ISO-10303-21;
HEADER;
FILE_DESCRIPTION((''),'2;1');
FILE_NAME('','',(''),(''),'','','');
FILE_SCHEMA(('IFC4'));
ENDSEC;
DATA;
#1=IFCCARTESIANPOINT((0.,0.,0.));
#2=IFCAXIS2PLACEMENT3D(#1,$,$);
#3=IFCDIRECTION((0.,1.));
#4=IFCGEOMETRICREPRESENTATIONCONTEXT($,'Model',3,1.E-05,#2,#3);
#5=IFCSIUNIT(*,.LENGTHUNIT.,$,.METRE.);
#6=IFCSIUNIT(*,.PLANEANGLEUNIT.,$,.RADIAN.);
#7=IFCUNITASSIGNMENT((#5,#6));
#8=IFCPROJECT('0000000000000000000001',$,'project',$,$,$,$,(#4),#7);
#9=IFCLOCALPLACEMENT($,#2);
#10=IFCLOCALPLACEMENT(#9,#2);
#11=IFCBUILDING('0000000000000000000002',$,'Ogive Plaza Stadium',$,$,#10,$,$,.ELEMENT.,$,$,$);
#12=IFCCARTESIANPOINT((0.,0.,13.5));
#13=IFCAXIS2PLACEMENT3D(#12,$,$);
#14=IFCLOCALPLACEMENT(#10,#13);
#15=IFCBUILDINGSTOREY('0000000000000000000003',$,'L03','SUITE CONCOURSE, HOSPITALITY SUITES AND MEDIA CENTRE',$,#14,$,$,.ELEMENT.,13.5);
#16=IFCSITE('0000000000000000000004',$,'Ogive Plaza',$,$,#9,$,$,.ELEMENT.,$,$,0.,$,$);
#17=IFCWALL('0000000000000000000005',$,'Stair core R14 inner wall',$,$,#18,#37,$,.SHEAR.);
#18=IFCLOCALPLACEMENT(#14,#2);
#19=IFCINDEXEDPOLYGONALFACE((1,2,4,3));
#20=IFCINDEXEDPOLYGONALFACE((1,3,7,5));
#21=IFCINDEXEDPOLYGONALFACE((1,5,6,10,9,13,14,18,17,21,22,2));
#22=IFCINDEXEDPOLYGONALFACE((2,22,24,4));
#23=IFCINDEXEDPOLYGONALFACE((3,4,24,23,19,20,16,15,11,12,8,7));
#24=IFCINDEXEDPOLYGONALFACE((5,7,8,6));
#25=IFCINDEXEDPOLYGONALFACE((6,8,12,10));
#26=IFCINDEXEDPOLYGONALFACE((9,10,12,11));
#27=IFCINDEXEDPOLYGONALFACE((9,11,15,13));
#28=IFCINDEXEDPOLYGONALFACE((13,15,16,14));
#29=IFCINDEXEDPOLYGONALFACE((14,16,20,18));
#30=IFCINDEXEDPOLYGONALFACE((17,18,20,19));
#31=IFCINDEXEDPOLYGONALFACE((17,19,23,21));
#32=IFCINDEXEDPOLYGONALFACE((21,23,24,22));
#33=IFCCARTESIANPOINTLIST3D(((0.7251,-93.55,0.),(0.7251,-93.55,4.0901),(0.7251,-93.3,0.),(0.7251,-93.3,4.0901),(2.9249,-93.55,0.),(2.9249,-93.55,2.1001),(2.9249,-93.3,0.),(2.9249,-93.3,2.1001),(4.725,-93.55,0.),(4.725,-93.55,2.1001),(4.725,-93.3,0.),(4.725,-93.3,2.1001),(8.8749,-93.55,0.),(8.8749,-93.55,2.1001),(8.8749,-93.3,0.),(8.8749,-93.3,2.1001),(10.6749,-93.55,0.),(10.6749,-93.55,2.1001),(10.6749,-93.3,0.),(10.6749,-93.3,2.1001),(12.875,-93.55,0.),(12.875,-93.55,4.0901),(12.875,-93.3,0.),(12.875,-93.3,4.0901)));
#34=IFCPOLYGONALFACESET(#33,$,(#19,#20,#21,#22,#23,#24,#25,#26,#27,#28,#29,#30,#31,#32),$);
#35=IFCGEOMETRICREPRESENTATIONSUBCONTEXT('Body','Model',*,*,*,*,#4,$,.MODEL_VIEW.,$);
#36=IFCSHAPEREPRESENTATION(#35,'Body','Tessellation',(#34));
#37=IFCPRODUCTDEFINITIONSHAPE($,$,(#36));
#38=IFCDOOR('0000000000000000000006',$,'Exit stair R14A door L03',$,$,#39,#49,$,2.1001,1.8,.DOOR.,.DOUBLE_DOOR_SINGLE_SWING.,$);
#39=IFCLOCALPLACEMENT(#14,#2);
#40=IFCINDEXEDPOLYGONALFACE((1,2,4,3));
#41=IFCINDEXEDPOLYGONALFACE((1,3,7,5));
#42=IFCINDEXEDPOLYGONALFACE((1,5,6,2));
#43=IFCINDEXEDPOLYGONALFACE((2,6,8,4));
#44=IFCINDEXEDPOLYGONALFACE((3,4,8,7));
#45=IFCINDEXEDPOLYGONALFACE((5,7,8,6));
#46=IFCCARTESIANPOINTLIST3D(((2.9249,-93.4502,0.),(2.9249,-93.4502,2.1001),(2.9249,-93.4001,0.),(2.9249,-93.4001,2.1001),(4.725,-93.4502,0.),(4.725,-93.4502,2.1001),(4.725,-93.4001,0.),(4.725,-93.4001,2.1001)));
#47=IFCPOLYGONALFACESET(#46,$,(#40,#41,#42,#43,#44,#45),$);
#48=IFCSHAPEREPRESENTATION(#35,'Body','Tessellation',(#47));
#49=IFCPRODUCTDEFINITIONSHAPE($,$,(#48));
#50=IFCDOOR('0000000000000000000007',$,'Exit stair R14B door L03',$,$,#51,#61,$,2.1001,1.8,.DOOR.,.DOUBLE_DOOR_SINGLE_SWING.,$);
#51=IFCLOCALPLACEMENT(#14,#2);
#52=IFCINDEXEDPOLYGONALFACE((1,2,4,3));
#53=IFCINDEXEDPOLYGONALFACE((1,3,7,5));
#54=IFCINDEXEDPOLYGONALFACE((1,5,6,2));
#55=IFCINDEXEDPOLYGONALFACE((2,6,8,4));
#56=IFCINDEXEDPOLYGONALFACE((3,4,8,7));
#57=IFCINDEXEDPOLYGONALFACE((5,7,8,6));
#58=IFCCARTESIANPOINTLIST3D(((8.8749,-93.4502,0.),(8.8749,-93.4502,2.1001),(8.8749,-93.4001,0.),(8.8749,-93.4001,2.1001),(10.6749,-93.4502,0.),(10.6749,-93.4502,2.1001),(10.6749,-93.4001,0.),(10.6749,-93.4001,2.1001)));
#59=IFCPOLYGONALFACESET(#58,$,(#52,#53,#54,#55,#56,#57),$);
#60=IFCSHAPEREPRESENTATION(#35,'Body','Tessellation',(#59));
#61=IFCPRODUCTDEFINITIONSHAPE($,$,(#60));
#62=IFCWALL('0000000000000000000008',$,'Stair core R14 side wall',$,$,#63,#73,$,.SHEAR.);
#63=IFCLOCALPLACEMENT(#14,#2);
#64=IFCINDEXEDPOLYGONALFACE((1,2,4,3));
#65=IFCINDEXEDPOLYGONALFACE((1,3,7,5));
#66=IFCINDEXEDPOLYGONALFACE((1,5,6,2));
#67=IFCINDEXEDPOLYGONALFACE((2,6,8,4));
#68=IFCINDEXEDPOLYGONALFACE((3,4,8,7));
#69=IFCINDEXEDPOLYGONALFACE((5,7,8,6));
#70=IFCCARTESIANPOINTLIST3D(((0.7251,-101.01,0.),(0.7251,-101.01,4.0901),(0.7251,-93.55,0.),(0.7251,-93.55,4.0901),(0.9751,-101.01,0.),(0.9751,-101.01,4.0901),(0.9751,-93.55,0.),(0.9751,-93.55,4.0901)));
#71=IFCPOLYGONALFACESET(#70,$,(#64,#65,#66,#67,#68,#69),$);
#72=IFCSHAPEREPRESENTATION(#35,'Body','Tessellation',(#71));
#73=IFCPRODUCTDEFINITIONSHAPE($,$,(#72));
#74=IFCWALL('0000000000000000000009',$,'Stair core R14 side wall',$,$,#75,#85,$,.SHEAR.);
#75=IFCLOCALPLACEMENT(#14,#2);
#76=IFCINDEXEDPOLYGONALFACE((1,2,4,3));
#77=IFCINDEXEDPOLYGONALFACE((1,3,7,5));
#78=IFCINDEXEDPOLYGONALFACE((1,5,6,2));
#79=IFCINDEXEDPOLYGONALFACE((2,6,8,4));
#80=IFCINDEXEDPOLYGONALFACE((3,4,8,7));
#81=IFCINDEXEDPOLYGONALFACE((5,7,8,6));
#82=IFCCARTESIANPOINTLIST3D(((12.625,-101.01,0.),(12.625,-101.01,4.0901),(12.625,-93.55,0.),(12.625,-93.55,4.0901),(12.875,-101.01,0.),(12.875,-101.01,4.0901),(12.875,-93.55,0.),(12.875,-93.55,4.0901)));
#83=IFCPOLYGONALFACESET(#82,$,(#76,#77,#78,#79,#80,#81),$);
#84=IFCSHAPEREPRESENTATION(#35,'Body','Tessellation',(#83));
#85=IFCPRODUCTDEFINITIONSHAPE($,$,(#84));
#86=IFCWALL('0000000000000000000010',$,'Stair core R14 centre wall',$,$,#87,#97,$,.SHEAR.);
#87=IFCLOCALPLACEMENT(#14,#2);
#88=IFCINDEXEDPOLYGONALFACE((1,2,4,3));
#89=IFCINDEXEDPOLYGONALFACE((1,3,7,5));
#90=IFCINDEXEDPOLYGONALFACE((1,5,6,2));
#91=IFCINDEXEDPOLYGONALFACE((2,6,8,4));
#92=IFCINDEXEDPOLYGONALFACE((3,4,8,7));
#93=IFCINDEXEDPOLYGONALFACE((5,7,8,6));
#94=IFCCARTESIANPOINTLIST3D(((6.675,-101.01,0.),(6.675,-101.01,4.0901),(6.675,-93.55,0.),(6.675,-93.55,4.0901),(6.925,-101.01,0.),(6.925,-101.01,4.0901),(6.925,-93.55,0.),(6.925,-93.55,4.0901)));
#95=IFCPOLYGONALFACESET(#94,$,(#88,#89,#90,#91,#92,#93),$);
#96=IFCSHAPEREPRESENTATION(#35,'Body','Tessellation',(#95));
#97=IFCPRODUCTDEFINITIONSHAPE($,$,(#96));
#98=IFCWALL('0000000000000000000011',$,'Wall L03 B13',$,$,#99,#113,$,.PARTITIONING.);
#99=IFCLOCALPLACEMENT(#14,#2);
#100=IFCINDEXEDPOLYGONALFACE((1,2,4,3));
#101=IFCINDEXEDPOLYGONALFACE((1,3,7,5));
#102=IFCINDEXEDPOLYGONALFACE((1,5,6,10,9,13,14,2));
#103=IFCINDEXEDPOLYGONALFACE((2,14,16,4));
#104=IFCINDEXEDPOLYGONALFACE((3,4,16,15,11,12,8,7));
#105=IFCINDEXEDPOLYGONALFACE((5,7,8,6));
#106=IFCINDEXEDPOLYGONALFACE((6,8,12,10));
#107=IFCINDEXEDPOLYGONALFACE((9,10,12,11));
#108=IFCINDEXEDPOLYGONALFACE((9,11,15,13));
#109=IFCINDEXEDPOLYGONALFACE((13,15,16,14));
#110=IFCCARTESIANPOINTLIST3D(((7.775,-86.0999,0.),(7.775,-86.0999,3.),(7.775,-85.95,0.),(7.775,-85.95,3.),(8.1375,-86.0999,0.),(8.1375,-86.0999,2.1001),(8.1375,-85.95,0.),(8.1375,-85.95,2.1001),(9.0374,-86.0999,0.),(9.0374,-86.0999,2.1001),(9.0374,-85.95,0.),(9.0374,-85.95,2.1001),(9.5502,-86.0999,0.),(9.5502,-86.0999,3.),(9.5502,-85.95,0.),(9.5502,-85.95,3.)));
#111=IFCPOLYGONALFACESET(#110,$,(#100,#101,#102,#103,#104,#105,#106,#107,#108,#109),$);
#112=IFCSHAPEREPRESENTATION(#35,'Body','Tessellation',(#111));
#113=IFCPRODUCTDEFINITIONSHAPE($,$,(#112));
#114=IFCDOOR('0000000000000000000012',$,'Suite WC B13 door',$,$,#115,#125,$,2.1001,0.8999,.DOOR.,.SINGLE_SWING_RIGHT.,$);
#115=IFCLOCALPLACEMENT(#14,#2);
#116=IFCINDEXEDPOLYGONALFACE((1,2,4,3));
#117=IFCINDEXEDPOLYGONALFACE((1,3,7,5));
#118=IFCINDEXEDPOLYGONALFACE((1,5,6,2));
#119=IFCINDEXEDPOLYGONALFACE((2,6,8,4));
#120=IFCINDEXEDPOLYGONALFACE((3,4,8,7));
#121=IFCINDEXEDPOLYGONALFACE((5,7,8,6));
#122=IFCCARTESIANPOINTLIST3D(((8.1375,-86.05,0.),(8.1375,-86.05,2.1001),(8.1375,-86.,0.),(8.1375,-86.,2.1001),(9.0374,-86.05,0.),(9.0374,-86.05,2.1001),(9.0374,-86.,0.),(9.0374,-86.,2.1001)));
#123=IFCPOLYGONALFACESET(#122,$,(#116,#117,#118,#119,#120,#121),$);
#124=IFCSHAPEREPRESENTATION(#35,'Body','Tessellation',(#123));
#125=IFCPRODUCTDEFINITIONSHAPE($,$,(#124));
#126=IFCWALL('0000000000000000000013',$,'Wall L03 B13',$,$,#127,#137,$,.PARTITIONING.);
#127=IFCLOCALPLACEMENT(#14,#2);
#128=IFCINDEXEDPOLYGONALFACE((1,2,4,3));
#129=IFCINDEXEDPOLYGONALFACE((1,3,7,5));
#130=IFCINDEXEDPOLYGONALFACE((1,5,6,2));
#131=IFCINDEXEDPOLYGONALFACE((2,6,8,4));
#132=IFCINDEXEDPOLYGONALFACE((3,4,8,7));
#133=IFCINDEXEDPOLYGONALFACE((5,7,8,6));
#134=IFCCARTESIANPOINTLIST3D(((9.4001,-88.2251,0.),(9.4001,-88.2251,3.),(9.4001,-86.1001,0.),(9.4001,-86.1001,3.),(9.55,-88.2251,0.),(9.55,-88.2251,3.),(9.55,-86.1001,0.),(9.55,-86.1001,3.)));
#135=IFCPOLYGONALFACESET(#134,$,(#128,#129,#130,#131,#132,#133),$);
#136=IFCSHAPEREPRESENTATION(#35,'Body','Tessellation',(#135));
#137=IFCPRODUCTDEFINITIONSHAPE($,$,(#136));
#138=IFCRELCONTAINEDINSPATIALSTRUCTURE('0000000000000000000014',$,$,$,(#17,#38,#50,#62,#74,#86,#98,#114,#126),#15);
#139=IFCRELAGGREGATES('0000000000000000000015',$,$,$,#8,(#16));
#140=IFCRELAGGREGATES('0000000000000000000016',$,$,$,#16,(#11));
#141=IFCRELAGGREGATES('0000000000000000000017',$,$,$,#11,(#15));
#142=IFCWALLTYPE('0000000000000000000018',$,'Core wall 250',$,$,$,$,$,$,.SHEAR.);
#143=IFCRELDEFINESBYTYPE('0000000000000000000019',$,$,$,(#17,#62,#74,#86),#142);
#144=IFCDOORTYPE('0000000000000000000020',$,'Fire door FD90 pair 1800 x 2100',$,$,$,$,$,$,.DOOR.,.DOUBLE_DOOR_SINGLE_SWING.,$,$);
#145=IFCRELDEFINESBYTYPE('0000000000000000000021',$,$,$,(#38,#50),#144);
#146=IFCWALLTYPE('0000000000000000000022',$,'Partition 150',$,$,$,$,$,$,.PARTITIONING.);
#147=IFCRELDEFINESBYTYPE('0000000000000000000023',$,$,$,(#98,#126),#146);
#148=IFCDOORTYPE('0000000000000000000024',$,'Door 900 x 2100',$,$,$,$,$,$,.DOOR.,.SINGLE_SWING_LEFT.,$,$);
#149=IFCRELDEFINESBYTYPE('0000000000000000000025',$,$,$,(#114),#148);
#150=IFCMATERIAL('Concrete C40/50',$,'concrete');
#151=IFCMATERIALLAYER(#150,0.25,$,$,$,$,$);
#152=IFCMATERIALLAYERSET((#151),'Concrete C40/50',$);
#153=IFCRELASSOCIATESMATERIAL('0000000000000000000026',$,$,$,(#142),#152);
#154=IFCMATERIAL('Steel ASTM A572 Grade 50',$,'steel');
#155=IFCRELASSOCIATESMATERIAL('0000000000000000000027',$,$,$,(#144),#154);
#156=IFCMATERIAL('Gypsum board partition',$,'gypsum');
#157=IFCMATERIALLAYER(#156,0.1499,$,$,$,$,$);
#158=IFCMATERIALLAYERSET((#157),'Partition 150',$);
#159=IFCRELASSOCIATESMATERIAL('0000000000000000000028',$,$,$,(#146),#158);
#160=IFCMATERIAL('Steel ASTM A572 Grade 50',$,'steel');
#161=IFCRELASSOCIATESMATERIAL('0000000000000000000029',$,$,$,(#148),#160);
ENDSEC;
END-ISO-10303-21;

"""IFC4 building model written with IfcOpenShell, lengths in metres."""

from ifc_helpers import new_model, si_unit, direction, frame, frame_2d, origin, place, context, subcontext, project, spatial, rectangle, extrude, material, layer, layer_set, type_object, element, fill, save


model = new_model("IFC4")

# Units and contexts
model_context = context("Model", 3, precision=1e-05, world=origin(), true_north=direction((0.0, 1.0)))
body_context = subcontext(model_context, "Body", "Model", "MODEL_VIEW")
ifc_project = project(units=[si_unit("LENGTHUNIT", "METRE"), si_unit("PLANEANGLEUNIT", "RADIAN")], contexts=[model_context])

# Site, building, storey
site_placement = place(None, origin())
site = spatial("IfcSite", under=ifc_project, at=site_placement, Name="Ogive Plaza", CompositionType="ELEMENT", RefElevation=0.0)
building_placement = place(site_placement, origin())
building = spatial("IfcBuilding", under=site, at=building_placement, Name="Ogive Plaza Stadium", CompositionType="ELEMENT")
storey_placement = place(building_placement, frame((0.0, 0.0, 13.5)))
storey = spatial("IfcBuildingStorey", under=building, at=storey_placement, Name="L03", Description="SUITE CONCOURSE, HOSPITALITY SUITES AND MEDIA CENTRE", CompositionType="ELEMENT", Elevation=13.5)

# Wall, openings, doors
ifc_material_1 = material(Name="Concrete C40/50", Category="concrete")
ifc_layer_1 = layer(ifc_material_1, 0.25)
ifc_layer_set_1 = layer_set([ifc_layer_1], Name="Concrete C40/50")
wall_type_1 = type_object("IfcWallType", Name="Core wall 250", PredefinedType="SHEAR", material=ifc_layer_set_1)
wall_1_placement = place(storey_placement, frame((0.7251, -93.425, 0.0), z_axis=(0.0, 0.0, 1.0), x_axis=(1.0, 0.0, 0.0)))
wall_1 = element("IfcWall", 1, at=wall_1_placement, inside=storey, type_object=wall_type_1, Name="Stair core R14 inner wall", PredefinedType="SHEAR", context=body_context, shape_type="SweptSolid", body=[
    extrude(rectangle(XDim=12.1499, YDim=0.25, at=frame_2d((6.075, 0.0))), origin(), (0.0, 0.0, 1.0), 4.0901),
])
opening_1_placement = place(wall_1_placement, frame((2.2, 0.0, 0.0)))
opening_1 = element("IfcOpeningElement", 2, at=opening_1_placement, cuts=wall_1, PredefinedType="OPENING", context=body_context, shape_type="SweptSolid", body=[
    extrude(rectangle(XDim=1.8, YDim=2.1001, at=frame_2d((0.8999, 1.05))), frame((0.0, 0.125, 0.0), z_axis=(0.0, -1.0, 0.0), x_axis=(1.0, 0.0, 0.0)), (0.0, 0.0, 1.0), 0.25),
])
opening_2_placement = place(wall_1_placement, frame((8.1499, 0.0, 0.0)))
opening_2 = element("IfcOpeningElement", 3, at=opening_2_placement, cuts=wall_1, PredefinedType="OPENING", context=body_context, shape_type="SweptSolid", body=[
    extrude(rectangle(XDim=1.8, YDim=2.1001, at=frame_2d((0.8999, 1.05))), frame((0.0, 0.125, 0.0), z_axis=(0.0, -1.0, 0.0), x_axis=(1.0, 0.0, 0.0)), (0.0, 0.0, 1.0), 0.25),
])
ifc_material_2 = material(Name="Steel ASTM A572 Grade 50", Category="steel")
door_type_1 = type_object("IfcDoorType", Name="Fire door FD90 pair 1800 x 2100", OperationType="DOUBLE_DOOR_SINGLE_SWING", PredefinedType="DOOR", material=ifc_material_2)
door_1_placement = place(opening_1_placement, origin())
door_1 = element("IfcDoor", 4, at=door_1_placement, inside=storey, type_object=door_type_1, Name="Exit stair R14A door L03", OperationType="DOUBLE_DOOR_SINGLE_SWING", OverallHeight=2.1001, OverallWidth=1.8, PredefinedType="DOOR", context=body_context, shape_type="SweptSolid", body=[
    extrude(rectangle(XDim=1.8, YDim=2.1001, at=frame_2d((0.8999, 1.05))), frame((0.0, 0.0249, 0.0), z_axis=(0.0, -1.0, 0.0), x_axis=(1.0, 0.0, 0.0)), (0.0, 0.0, 1.0), 0.05),
])
fill(opening_1, door_1)
door_2_placement = place(opening_2_placement, origin())
door_2 = element("IfcDoor", 5, at=door_2_placement, inside=storey, type_object=door_type_1, Name="Exit stair R14B door L03", OperationType="DOUBLE_DOOR_SINGLE_SWING", OverallHeight=2.1001, OverallWidth=1.8, PredefinedType="DOOR", context=body_context, shape_type="SweptSolid", body=[
    extrude(rectangle(XDim=1.8, YDim=2.1001, at=frame_2d((0.8999, 1.05))), frame((0.0, 0.0249, 0.0), z_axis=(0.0, -1.0, 0.0), x_axis=(1.0, 0.0, 0.0)), (0.0, 0.0, 1.0), 0.05),
])
fill(opening_2, door_2)

# Walls
for number, where, z_axis, x_axis, name in (
    (6, (0.8501, -93.55, 0.0), (0.0, 0.0, 1.0), (0.0, -1.0, 0.0), "Stair core R14 side wall"),
    (7, (12.75, -93.55, 0.0), (0.0, 0.0, 1.0), (0.0, -1.0, 0.0), "Stair core R14 side wall"),
    (8, (6.8, -93.55, 0.0), (0.0, 0.0, 1.0), (0.0, -1.0, 0.0), "Stair core R14 centre wall"),
):
    element("IfcWall", number, at=place(storey_placement, frame(where, z_axis=z_axis, x_axis=x_axis)), inside=storey, type_object=wall_type_1, Name=name, PredefinedType="SHEAR", context=body_context, shape_type="SweptSolid", body=[
        extrude(rectangle(XDim=7.46, YDim=0.25, at=frame_2d((3.73, 0.0))), origin(), (0.0, 0.0, 1.0), 4.0901),
    ])

# Wall, opening, door
ifc_material_3 = material(Name="Gypsum board partition", Category="gypsum")
ifc_layer_2 = layer(ifc_material_3, 0.1499)
ifc_layer_set_2 = layer_set([ifc_layer_2], Name="Partition 150")
wall_type_2 = type_object("IfcWallType", Name="Partition 150", PredefinedType="PARTITIONING", material=ifc_layer_set_2)
wall_2_placement = place(storey_placement, frame((7.7749, -86.0249, 0.0), z_axis=(0.0, 0.0, 1.0), x_axis=(1.0, 0.0, 0.0)))
wall_2 = element("IfcWall", 9, at=wall_2_placement, inside=storey, type_object=wall_type_2, Name="Wall L03 B13", PredefinedType="PARTITIONING", context=body_context, shape_type="SweptSolid", body=[
    extrude(rectangle(XDim=1.7751, YDim=0.1499, at=frame_2d((0.8877, 0.0))), origin(), (0.0, 0.0, 1.0), 3.0),
])
opening_3_placement = place(wall_2_placement, frame((0.3625, 0.0, 0.0)))
opening_3 = element("IfcOpeningElement", 10, at=opening_3_placement, cuts=wall_2, PredefinedType="OPENING", context=body_context, shape_type="SweptSolid", body=[
    extrude(rectangle(XDim=0.8999, YDim=2.1001, at=frame_2d((0.45, 1.05))), frame((0.0, 0.075, 0.0), z_axis=(0.0, -1.0, 0.0), x_axis=(1.0, 0.0, 0.0)), (0.0, 0.0, 1.0), 0.1499),
])
ifc_material_4 = material(Name="Steel ASTM A572 Grade 50", Category="steel")
door_type_2 = type_object("IfcDoorType", Name="Door 900 x 2100", OperationType="SINGLE_SWING_LEFT", PredefinedType="DOOR", material=ifc_material_4)
door_3_placement = place(opening_3_placement, origin())
door_3 = element("IfcDoor", 11, at=door_3_placement, inside=storey, type_object=door_type_2, Name="Suite WC B13 door", OperationType="SINGLE_SWING_RIGHT", OverallHeight=2.1001, OverallWidth=0.8999, PredefinedType="DOOR", context=body_context, shape_type="SweptSolid", body=[
    extrude(rectangle(XDim=0.8999, YDim=2.1001, at=frame_2d((0.45, 1.05))), frame((0.0, 0.0249, 0.0), z_axis=(0.0, -1.0, 0.0), x_axis=(1.0, 0.0, 0.0)), (0.0, 0.0, 1.0), 0.05),
])
fill(opening_3, door_3)

# Wall
wall_3_placement = place(storey_placement, frame((9.4751, -86.1001, 0.0), z_axis=(0.0, 0.0, 1.0), x_axis=(0.0, -1.0, 0.0)))
element("IfcWall", 12, at=wall_3_placement, inside=storey, type_object=wall_type_2, Name="Wall L03 B13", PredefinedType="PARTITIONING", context=body_context, shape_type="SweptSolid", body=[
    extrude(rectangle(XDim=2.125, YDim=0.1499, at=frame_2d((1.0625, 0.0))), origin(), (0.0, 0.0, 1.0), 3.0),
])

save(model, "model.ifc")
